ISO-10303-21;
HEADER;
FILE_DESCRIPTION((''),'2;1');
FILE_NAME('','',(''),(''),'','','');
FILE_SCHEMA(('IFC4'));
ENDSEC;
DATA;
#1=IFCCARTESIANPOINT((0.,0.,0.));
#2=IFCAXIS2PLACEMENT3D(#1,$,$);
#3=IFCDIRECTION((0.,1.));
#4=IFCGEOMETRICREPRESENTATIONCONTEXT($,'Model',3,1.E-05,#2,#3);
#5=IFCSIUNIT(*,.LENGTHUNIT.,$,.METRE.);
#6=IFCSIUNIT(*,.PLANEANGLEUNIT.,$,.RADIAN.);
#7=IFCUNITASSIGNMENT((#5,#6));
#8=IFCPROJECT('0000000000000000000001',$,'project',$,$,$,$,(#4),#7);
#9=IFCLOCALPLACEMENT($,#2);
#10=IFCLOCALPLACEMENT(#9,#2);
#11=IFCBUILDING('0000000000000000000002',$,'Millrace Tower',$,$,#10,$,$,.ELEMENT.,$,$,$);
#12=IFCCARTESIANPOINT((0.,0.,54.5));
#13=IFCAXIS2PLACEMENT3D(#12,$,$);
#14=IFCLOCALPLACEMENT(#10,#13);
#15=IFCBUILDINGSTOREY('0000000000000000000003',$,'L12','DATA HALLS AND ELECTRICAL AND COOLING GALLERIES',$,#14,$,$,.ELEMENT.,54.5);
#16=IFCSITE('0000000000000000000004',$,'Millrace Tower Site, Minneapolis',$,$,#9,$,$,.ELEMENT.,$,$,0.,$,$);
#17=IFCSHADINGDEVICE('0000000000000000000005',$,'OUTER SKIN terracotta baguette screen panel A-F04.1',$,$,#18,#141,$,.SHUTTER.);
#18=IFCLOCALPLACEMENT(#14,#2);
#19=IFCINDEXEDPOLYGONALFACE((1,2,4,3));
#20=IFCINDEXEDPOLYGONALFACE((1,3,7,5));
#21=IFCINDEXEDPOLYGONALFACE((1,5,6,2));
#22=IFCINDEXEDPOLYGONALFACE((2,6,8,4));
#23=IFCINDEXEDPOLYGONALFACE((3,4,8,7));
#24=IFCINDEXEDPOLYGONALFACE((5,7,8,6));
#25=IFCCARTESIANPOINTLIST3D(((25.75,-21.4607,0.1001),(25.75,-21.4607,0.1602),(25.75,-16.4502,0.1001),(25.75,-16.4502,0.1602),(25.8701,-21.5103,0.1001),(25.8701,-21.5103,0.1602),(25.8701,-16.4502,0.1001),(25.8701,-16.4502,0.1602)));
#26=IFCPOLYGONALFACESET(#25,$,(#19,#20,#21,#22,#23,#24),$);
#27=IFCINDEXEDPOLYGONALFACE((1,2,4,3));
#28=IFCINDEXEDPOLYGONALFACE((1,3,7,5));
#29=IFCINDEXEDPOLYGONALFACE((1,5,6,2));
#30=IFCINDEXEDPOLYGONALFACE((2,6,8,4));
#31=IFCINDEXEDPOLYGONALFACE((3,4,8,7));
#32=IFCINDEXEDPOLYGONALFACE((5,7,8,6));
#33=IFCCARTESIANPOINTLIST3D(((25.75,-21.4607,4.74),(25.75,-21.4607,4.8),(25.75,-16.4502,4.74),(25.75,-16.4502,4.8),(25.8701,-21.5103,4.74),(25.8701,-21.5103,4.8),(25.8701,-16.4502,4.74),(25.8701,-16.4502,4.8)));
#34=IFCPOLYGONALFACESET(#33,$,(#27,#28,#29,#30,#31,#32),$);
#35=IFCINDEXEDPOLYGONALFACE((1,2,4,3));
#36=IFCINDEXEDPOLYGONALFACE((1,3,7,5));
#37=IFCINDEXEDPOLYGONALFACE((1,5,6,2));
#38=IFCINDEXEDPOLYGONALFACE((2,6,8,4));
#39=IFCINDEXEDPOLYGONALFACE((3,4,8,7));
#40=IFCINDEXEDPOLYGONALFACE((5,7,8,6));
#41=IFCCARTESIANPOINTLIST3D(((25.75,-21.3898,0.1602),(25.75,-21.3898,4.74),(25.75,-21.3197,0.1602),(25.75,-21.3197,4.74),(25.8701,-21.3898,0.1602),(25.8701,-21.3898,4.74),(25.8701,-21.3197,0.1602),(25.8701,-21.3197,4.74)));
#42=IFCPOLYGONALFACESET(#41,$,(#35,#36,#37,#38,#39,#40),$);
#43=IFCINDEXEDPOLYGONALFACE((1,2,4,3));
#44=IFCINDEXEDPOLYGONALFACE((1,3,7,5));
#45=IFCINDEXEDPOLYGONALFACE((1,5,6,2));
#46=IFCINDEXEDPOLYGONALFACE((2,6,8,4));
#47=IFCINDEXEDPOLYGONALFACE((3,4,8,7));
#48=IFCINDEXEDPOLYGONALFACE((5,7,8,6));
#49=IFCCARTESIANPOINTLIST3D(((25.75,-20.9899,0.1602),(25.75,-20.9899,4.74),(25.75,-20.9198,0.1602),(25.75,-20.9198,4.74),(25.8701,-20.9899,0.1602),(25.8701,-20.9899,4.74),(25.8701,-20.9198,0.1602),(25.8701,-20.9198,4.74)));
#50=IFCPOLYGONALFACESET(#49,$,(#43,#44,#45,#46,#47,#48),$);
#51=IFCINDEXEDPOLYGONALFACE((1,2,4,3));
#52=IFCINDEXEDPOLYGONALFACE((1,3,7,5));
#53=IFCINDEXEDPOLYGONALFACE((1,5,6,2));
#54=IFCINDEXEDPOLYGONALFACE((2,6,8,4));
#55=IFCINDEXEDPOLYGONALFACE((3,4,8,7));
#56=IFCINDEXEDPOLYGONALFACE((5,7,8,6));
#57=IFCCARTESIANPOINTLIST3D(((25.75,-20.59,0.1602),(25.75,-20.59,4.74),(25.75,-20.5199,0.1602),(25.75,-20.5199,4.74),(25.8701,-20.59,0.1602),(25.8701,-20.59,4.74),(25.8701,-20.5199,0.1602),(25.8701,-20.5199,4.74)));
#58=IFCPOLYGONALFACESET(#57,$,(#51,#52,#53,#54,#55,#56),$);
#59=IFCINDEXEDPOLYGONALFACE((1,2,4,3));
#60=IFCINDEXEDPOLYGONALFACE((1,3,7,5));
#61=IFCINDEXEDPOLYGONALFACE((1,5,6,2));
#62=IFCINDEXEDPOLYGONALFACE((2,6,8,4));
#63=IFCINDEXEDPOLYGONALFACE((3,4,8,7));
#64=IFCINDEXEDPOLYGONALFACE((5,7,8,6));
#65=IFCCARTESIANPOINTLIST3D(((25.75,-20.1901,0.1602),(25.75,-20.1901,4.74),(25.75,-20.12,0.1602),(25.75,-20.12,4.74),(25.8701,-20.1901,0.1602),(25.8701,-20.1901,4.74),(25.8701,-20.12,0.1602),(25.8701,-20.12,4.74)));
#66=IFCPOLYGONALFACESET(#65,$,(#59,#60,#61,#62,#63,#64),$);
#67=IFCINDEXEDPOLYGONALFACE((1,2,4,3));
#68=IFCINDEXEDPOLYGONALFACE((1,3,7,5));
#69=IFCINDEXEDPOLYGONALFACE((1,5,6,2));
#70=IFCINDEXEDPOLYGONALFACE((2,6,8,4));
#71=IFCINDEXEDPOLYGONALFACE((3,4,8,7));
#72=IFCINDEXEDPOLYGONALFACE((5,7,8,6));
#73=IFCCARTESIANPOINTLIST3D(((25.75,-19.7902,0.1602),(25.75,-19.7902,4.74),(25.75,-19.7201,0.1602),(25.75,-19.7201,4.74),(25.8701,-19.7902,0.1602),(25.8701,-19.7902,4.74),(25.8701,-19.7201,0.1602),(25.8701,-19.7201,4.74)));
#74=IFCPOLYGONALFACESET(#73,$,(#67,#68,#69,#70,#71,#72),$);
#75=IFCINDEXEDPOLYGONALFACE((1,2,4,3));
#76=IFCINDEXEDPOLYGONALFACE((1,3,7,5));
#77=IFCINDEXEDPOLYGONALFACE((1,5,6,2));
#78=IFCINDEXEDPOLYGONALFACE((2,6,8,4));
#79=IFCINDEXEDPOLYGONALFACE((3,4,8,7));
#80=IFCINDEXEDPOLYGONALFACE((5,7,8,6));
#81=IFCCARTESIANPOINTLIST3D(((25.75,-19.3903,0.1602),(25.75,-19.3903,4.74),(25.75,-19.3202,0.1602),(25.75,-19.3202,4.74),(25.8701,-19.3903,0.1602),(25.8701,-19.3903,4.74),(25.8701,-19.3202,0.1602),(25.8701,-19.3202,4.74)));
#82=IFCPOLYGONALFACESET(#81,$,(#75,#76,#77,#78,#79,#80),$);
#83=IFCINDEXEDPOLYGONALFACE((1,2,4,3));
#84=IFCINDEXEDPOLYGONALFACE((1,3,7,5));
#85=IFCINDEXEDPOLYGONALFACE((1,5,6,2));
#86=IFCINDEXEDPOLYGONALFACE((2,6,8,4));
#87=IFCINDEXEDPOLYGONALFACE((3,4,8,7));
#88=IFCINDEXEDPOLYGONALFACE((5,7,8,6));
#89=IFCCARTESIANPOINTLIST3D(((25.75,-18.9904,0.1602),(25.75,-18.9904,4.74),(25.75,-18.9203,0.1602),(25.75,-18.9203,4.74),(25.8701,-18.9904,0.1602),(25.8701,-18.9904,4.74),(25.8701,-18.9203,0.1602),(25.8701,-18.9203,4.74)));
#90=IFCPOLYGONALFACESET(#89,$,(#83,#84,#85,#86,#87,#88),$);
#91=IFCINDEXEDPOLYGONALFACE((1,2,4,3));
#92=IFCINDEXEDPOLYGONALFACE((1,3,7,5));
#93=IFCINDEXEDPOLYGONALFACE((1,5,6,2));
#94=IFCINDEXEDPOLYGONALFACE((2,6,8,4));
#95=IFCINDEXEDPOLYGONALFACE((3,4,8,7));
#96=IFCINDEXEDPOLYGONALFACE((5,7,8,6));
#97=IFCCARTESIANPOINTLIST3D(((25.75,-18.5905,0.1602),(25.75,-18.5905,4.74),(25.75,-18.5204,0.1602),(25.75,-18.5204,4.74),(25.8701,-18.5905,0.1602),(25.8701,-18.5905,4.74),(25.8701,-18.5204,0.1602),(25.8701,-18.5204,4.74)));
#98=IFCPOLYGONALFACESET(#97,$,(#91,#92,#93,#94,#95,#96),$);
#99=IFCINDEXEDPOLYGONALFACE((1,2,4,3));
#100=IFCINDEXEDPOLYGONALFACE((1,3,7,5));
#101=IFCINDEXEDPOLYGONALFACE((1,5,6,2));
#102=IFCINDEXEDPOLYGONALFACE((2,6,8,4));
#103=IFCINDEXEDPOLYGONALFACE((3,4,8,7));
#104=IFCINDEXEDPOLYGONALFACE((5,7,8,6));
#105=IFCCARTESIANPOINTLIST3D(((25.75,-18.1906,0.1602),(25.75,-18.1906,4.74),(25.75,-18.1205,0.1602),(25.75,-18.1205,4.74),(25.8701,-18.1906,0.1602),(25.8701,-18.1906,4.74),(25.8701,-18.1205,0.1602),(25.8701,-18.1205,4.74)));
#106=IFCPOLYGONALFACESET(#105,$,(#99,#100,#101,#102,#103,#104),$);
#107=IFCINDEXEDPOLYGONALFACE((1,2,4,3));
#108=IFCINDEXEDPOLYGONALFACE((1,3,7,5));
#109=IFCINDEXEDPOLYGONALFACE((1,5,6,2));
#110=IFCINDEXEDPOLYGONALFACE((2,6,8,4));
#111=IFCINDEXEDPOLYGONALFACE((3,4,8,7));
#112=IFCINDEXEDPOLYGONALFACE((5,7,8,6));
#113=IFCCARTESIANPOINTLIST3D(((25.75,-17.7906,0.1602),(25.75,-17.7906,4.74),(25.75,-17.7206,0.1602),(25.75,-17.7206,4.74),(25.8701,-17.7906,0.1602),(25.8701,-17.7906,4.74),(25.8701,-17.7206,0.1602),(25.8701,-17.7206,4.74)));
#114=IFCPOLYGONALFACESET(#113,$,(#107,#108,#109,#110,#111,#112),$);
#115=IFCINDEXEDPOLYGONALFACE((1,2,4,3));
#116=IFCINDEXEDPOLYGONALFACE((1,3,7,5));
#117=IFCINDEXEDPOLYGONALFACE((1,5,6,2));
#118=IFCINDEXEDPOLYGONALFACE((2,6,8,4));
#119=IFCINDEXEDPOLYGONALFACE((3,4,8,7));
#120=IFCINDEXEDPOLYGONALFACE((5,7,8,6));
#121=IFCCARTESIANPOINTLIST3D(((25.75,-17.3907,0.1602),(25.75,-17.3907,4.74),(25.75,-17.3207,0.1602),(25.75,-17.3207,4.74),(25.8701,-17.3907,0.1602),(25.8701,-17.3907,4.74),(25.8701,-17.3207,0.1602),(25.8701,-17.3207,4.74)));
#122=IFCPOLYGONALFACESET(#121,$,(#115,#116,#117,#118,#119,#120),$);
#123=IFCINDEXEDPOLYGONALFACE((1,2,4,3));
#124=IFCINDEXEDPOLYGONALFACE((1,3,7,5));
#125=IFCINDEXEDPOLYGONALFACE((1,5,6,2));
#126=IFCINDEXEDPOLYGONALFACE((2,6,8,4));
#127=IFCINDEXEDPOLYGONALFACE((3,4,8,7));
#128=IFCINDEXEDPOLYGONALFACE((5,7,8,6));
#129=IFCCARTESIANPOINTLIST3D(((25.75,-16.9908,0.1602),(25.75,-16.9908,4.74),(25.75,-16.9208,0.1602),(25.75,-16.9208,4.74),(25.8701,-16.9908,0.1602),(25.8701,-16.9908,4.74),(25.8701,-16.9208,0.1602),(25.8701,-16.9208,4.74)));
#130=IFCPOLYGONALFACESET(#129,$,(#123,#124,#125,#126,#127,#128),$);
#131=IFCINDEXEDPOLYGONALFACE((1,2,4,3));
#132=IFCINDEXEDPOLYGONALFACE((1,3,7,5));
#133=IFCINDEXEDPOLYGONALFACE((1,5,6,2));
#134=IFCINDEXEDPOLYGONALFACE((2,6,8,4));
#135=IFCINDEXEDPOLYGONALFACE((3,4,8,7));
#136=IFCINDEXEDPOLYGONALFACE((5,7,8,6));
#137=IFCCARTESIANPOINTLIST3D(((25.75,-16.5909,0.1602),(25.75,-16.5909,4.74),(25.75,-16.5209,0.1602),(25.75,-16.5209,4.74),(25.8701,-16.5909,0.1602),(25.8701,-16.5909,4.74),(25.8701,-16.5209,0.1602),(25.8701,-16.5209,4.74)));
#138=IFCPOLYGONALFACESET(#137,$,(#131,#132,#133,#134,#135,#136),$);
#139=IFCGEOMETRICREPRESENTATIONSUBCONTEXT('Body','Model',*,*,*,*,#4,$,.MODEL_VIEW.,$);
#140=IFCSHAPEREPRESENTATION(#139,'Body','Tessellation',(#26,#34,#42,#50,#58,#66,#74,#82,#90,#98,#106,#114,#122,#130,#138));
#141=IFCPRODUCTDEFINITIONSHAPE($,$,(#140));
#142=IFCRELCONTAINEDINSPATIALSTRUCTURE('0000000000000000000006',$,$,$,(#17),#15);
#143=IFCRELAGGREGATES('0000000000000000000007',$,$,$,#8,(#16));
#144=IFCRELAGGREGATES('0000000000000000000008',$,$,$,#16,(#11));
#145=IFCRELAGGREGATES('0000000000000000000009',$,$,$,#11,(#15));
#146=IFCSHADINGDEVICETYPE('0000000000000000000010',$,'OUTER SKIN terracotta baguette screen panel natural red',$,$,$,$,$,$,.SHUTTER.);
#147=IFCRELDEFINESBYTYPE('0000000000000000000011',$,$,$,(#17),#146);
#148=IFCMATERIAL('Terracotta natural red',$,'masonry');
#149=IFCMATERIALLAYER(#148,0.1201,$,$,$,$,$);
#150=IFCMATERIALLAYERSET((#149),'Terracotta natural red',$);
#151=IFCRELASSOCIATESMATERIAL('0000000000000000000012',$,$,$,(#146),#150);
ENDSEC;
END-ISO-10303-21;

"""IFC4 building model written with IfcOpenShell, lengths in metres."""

from ifc_helpers import new_model, entity, si_unit, direction, frame, frame_2d, origin, place, context, subcontext, project, spatial, rectangle, extrude, source, transform, mapped, material, layer, layer_set, type_object, element, save


model = new_model("IFC4")

# Units and contexts
model_context = context("Model", 3, precision=1e-05, world=origin(), true_north=direction((0.0, 1.0)))
body_context = subcontext(model_context, "Body", "Model", "MODEL_VIEW")
ifc_project = project(units=[si_unit("LENGTHUNIT", "METRE"), si_unit("PLANEANGLEUNIT", "RADIAN")], contexts=[model_context])

# Site, building, storey
site_placement = place(None, origin())
site = spatial("IfcSite", under=ifc_project, at=site_placement, Name="Millrace Tower Site, Minneapolis", CompositionType="ELEMENT", RefElevation=0.0)
building_placement = place(site_placement, origin())
building = spatial("IfcBuilding", under=site, at=building_placement, Name="Millrace Tower", CompositionType="ELEMENT")
storey_placement = place(building_placement, frame((0.0, 0.0, 54.5)))
storey = spatial("IfcBuildingStorey", under=building, at=storey_placement, Name="L12", Description="DATA HALLS AND ELECTRICAL AND COOLING GALLERIES", CompositionType="ELEMENT", Elevation=54.5)

# Shading device
ifc_material_1 = material(Name="Terracotta natural red", Category="masonry")
ifc_layer_1 = layer(ifc_material_1, 0.1201)
ifc_layer_set_1 = layer_set([ifc_layer_1], Name="Terracotta natural red")
shading_device_type_1 = type_object("IfcShadingDeviceType", Name="OUTER SKIN terracotta baguette screen panel natural red", PredefinedType="SHUTTER", material=ifc_layer_set_1)
cartesian_point_1 = entity("IfcCartesianPoint", [-2.4929, 0.0601])
shared_polyline_1 = entity("IfcPolyline", [cartesian_point_1, entity("IfcCartesianPoint", [2.5176, 0.0601]), entity("IfcCartesianPoint", [2.5176, -0.0601]), entity("IfcCartesianPoint", [-2.5425, -0.0601]), cartesian_point_1])
shared_shape_1 = source(origin(), body_context, "Body", "SweptSolid", [
    entity("IfcExtrudedAreaSolid", entity("IfcArbitraryClosedProfileDef", "AREA", None, shared_polyline_1), entity("IfcAxis2Placement3D", entity("IfcCartesianPoint", [0.0, 0.0, 0.0])), entity("IfcDirection", [0.0, 0.0, 1.0]), 0.0601),
    entity("IfcExtrudedAreaSolid", entity("IfcArbitraryClosedProfileDef", "AREA", None, shared_polyline_1), entity("IfcAxis2Placement3D", entity("IfcCartesianPoint", [0.0, 0.0, 4.6399])), entity("IfcDirection", [0.0, 0.0, 1.0]), 0.0601),
    extrude(rectangle(XDim=0.0701, YDim=0.1201, at=frame_2d((-2.387, 0.0))), frame((0.0, 0.0, 0.0601)), (0.0, 0.0, 1.0), 4.5798),
    extrude(rectangle(XDim=0.0701, YDim=0.1201, at=frame_2d((-1.9871, 0.0))), frame((0.0, 0.0, 0.0601)), (0.0, 0.0, 1.0), 4.5798),
    extrude(rectangle(XDim=0.0701, YDim=0.1201, at=frame_2d((-1.5872, 0.0))), frame((0.0, 0.0, 0.0601)), (0.0, 0.0, 1.0), 4.5798),
    extrude(rectangle(XDim=0.0701, YDim=0.1201, at=frame_2d((-1.1873, 0.0))), frame((0.0, 0.0, 0.0601)), (0.0, 0.0, 1.0), 4.5798),
    extrude(rectangle(XDim=0.0701, YDim=0.1201, at=frame_2d((-0.7874, 0.0))), frame((0.0, 0.0, 0.0601)), (0.0, 0.0, 1.0), 4.5798),
    extrude(rectangle(XDim=0.0701, YDim=0.1201, at=frame_2d((-0.3875, 0.0))), frame((0.0, 0.0, 0.0601)), (0.0, 0.0, 1.0), 4.5798),
    extrude(rectangle(XDim=0.0701, YDim=0.1201, at=frame_2d((0.0125, 0.0))), frame((0.0, 0.0, 0.0601)), (0.0, 0.0, 1.0), 4.5798),
    extrude(rectangle(XDim=0.0701, YDim=0.1201, at=frame_2d((0.4124, 0.0))), frame((0.0, 0.0, 0.0601)), (0.0, 0.0, 1.0), 4.5798),
    extrude(rectangle(XDim=0.0701, YDim=0.1201, at=frame_2d((0.8123, 0.0))), frame((0.0, 0.0, 0.0601)), (0.0, 0.0, 1.0), 4.5798),
    extrude(rectangle(XDim=0.0701, YDim=0.1201, at=frame_2d((1.2122, 0.0))), frame((0.0, 0.0, 0.0601)), (0.0, 0.0, 1.0), 4.5798),
    extrude(rectangle(XDim=0.0701, YDim=0.1201, at=frame_2d((1.6121, 0.0))), frame((0.0, 0.0, 0.0601)), (0.0, 0.0, 1.0), 4.5798),
    extrude(rectangle(XDim=0.0701, YDim=0.1201, at=frame_2d((2.012, 0.0))), frame((0.0, 0.0, 0.0601)), (0.0, 0.0, 1.0), 4.5798),
    extrude(rectangle(XDim=0.0701, YDim=0.1201, at=frame_2d((2.4119, 0.0))), frame((0.0, 0.0, 0.0601)), (0.0, 0.0, 1.0), 4.5798),
])
shading_device_1_placement = place(storey_placement, frame((25.8101, -18.9678, 0.1001), z_axis=(0.0, 0.0, 1.0), x_axis=(0.0, 1.0, 0.0)))
element("IfcShadingDevice", 1, at=shading_device_1_placement, inside=storey, type_object=shading_device_type_1, Name="OUTER SKIN terracotta baguette screen panel A-F04.1", PredefinedType="SHUTTER", context=body_context, shape_type="MappedRepresentation", body=[
    mapped(shared_shape_1, transform((0.0, 0.0, 0.0), scale=1.0)),
])

save(model, "model.ifc")
